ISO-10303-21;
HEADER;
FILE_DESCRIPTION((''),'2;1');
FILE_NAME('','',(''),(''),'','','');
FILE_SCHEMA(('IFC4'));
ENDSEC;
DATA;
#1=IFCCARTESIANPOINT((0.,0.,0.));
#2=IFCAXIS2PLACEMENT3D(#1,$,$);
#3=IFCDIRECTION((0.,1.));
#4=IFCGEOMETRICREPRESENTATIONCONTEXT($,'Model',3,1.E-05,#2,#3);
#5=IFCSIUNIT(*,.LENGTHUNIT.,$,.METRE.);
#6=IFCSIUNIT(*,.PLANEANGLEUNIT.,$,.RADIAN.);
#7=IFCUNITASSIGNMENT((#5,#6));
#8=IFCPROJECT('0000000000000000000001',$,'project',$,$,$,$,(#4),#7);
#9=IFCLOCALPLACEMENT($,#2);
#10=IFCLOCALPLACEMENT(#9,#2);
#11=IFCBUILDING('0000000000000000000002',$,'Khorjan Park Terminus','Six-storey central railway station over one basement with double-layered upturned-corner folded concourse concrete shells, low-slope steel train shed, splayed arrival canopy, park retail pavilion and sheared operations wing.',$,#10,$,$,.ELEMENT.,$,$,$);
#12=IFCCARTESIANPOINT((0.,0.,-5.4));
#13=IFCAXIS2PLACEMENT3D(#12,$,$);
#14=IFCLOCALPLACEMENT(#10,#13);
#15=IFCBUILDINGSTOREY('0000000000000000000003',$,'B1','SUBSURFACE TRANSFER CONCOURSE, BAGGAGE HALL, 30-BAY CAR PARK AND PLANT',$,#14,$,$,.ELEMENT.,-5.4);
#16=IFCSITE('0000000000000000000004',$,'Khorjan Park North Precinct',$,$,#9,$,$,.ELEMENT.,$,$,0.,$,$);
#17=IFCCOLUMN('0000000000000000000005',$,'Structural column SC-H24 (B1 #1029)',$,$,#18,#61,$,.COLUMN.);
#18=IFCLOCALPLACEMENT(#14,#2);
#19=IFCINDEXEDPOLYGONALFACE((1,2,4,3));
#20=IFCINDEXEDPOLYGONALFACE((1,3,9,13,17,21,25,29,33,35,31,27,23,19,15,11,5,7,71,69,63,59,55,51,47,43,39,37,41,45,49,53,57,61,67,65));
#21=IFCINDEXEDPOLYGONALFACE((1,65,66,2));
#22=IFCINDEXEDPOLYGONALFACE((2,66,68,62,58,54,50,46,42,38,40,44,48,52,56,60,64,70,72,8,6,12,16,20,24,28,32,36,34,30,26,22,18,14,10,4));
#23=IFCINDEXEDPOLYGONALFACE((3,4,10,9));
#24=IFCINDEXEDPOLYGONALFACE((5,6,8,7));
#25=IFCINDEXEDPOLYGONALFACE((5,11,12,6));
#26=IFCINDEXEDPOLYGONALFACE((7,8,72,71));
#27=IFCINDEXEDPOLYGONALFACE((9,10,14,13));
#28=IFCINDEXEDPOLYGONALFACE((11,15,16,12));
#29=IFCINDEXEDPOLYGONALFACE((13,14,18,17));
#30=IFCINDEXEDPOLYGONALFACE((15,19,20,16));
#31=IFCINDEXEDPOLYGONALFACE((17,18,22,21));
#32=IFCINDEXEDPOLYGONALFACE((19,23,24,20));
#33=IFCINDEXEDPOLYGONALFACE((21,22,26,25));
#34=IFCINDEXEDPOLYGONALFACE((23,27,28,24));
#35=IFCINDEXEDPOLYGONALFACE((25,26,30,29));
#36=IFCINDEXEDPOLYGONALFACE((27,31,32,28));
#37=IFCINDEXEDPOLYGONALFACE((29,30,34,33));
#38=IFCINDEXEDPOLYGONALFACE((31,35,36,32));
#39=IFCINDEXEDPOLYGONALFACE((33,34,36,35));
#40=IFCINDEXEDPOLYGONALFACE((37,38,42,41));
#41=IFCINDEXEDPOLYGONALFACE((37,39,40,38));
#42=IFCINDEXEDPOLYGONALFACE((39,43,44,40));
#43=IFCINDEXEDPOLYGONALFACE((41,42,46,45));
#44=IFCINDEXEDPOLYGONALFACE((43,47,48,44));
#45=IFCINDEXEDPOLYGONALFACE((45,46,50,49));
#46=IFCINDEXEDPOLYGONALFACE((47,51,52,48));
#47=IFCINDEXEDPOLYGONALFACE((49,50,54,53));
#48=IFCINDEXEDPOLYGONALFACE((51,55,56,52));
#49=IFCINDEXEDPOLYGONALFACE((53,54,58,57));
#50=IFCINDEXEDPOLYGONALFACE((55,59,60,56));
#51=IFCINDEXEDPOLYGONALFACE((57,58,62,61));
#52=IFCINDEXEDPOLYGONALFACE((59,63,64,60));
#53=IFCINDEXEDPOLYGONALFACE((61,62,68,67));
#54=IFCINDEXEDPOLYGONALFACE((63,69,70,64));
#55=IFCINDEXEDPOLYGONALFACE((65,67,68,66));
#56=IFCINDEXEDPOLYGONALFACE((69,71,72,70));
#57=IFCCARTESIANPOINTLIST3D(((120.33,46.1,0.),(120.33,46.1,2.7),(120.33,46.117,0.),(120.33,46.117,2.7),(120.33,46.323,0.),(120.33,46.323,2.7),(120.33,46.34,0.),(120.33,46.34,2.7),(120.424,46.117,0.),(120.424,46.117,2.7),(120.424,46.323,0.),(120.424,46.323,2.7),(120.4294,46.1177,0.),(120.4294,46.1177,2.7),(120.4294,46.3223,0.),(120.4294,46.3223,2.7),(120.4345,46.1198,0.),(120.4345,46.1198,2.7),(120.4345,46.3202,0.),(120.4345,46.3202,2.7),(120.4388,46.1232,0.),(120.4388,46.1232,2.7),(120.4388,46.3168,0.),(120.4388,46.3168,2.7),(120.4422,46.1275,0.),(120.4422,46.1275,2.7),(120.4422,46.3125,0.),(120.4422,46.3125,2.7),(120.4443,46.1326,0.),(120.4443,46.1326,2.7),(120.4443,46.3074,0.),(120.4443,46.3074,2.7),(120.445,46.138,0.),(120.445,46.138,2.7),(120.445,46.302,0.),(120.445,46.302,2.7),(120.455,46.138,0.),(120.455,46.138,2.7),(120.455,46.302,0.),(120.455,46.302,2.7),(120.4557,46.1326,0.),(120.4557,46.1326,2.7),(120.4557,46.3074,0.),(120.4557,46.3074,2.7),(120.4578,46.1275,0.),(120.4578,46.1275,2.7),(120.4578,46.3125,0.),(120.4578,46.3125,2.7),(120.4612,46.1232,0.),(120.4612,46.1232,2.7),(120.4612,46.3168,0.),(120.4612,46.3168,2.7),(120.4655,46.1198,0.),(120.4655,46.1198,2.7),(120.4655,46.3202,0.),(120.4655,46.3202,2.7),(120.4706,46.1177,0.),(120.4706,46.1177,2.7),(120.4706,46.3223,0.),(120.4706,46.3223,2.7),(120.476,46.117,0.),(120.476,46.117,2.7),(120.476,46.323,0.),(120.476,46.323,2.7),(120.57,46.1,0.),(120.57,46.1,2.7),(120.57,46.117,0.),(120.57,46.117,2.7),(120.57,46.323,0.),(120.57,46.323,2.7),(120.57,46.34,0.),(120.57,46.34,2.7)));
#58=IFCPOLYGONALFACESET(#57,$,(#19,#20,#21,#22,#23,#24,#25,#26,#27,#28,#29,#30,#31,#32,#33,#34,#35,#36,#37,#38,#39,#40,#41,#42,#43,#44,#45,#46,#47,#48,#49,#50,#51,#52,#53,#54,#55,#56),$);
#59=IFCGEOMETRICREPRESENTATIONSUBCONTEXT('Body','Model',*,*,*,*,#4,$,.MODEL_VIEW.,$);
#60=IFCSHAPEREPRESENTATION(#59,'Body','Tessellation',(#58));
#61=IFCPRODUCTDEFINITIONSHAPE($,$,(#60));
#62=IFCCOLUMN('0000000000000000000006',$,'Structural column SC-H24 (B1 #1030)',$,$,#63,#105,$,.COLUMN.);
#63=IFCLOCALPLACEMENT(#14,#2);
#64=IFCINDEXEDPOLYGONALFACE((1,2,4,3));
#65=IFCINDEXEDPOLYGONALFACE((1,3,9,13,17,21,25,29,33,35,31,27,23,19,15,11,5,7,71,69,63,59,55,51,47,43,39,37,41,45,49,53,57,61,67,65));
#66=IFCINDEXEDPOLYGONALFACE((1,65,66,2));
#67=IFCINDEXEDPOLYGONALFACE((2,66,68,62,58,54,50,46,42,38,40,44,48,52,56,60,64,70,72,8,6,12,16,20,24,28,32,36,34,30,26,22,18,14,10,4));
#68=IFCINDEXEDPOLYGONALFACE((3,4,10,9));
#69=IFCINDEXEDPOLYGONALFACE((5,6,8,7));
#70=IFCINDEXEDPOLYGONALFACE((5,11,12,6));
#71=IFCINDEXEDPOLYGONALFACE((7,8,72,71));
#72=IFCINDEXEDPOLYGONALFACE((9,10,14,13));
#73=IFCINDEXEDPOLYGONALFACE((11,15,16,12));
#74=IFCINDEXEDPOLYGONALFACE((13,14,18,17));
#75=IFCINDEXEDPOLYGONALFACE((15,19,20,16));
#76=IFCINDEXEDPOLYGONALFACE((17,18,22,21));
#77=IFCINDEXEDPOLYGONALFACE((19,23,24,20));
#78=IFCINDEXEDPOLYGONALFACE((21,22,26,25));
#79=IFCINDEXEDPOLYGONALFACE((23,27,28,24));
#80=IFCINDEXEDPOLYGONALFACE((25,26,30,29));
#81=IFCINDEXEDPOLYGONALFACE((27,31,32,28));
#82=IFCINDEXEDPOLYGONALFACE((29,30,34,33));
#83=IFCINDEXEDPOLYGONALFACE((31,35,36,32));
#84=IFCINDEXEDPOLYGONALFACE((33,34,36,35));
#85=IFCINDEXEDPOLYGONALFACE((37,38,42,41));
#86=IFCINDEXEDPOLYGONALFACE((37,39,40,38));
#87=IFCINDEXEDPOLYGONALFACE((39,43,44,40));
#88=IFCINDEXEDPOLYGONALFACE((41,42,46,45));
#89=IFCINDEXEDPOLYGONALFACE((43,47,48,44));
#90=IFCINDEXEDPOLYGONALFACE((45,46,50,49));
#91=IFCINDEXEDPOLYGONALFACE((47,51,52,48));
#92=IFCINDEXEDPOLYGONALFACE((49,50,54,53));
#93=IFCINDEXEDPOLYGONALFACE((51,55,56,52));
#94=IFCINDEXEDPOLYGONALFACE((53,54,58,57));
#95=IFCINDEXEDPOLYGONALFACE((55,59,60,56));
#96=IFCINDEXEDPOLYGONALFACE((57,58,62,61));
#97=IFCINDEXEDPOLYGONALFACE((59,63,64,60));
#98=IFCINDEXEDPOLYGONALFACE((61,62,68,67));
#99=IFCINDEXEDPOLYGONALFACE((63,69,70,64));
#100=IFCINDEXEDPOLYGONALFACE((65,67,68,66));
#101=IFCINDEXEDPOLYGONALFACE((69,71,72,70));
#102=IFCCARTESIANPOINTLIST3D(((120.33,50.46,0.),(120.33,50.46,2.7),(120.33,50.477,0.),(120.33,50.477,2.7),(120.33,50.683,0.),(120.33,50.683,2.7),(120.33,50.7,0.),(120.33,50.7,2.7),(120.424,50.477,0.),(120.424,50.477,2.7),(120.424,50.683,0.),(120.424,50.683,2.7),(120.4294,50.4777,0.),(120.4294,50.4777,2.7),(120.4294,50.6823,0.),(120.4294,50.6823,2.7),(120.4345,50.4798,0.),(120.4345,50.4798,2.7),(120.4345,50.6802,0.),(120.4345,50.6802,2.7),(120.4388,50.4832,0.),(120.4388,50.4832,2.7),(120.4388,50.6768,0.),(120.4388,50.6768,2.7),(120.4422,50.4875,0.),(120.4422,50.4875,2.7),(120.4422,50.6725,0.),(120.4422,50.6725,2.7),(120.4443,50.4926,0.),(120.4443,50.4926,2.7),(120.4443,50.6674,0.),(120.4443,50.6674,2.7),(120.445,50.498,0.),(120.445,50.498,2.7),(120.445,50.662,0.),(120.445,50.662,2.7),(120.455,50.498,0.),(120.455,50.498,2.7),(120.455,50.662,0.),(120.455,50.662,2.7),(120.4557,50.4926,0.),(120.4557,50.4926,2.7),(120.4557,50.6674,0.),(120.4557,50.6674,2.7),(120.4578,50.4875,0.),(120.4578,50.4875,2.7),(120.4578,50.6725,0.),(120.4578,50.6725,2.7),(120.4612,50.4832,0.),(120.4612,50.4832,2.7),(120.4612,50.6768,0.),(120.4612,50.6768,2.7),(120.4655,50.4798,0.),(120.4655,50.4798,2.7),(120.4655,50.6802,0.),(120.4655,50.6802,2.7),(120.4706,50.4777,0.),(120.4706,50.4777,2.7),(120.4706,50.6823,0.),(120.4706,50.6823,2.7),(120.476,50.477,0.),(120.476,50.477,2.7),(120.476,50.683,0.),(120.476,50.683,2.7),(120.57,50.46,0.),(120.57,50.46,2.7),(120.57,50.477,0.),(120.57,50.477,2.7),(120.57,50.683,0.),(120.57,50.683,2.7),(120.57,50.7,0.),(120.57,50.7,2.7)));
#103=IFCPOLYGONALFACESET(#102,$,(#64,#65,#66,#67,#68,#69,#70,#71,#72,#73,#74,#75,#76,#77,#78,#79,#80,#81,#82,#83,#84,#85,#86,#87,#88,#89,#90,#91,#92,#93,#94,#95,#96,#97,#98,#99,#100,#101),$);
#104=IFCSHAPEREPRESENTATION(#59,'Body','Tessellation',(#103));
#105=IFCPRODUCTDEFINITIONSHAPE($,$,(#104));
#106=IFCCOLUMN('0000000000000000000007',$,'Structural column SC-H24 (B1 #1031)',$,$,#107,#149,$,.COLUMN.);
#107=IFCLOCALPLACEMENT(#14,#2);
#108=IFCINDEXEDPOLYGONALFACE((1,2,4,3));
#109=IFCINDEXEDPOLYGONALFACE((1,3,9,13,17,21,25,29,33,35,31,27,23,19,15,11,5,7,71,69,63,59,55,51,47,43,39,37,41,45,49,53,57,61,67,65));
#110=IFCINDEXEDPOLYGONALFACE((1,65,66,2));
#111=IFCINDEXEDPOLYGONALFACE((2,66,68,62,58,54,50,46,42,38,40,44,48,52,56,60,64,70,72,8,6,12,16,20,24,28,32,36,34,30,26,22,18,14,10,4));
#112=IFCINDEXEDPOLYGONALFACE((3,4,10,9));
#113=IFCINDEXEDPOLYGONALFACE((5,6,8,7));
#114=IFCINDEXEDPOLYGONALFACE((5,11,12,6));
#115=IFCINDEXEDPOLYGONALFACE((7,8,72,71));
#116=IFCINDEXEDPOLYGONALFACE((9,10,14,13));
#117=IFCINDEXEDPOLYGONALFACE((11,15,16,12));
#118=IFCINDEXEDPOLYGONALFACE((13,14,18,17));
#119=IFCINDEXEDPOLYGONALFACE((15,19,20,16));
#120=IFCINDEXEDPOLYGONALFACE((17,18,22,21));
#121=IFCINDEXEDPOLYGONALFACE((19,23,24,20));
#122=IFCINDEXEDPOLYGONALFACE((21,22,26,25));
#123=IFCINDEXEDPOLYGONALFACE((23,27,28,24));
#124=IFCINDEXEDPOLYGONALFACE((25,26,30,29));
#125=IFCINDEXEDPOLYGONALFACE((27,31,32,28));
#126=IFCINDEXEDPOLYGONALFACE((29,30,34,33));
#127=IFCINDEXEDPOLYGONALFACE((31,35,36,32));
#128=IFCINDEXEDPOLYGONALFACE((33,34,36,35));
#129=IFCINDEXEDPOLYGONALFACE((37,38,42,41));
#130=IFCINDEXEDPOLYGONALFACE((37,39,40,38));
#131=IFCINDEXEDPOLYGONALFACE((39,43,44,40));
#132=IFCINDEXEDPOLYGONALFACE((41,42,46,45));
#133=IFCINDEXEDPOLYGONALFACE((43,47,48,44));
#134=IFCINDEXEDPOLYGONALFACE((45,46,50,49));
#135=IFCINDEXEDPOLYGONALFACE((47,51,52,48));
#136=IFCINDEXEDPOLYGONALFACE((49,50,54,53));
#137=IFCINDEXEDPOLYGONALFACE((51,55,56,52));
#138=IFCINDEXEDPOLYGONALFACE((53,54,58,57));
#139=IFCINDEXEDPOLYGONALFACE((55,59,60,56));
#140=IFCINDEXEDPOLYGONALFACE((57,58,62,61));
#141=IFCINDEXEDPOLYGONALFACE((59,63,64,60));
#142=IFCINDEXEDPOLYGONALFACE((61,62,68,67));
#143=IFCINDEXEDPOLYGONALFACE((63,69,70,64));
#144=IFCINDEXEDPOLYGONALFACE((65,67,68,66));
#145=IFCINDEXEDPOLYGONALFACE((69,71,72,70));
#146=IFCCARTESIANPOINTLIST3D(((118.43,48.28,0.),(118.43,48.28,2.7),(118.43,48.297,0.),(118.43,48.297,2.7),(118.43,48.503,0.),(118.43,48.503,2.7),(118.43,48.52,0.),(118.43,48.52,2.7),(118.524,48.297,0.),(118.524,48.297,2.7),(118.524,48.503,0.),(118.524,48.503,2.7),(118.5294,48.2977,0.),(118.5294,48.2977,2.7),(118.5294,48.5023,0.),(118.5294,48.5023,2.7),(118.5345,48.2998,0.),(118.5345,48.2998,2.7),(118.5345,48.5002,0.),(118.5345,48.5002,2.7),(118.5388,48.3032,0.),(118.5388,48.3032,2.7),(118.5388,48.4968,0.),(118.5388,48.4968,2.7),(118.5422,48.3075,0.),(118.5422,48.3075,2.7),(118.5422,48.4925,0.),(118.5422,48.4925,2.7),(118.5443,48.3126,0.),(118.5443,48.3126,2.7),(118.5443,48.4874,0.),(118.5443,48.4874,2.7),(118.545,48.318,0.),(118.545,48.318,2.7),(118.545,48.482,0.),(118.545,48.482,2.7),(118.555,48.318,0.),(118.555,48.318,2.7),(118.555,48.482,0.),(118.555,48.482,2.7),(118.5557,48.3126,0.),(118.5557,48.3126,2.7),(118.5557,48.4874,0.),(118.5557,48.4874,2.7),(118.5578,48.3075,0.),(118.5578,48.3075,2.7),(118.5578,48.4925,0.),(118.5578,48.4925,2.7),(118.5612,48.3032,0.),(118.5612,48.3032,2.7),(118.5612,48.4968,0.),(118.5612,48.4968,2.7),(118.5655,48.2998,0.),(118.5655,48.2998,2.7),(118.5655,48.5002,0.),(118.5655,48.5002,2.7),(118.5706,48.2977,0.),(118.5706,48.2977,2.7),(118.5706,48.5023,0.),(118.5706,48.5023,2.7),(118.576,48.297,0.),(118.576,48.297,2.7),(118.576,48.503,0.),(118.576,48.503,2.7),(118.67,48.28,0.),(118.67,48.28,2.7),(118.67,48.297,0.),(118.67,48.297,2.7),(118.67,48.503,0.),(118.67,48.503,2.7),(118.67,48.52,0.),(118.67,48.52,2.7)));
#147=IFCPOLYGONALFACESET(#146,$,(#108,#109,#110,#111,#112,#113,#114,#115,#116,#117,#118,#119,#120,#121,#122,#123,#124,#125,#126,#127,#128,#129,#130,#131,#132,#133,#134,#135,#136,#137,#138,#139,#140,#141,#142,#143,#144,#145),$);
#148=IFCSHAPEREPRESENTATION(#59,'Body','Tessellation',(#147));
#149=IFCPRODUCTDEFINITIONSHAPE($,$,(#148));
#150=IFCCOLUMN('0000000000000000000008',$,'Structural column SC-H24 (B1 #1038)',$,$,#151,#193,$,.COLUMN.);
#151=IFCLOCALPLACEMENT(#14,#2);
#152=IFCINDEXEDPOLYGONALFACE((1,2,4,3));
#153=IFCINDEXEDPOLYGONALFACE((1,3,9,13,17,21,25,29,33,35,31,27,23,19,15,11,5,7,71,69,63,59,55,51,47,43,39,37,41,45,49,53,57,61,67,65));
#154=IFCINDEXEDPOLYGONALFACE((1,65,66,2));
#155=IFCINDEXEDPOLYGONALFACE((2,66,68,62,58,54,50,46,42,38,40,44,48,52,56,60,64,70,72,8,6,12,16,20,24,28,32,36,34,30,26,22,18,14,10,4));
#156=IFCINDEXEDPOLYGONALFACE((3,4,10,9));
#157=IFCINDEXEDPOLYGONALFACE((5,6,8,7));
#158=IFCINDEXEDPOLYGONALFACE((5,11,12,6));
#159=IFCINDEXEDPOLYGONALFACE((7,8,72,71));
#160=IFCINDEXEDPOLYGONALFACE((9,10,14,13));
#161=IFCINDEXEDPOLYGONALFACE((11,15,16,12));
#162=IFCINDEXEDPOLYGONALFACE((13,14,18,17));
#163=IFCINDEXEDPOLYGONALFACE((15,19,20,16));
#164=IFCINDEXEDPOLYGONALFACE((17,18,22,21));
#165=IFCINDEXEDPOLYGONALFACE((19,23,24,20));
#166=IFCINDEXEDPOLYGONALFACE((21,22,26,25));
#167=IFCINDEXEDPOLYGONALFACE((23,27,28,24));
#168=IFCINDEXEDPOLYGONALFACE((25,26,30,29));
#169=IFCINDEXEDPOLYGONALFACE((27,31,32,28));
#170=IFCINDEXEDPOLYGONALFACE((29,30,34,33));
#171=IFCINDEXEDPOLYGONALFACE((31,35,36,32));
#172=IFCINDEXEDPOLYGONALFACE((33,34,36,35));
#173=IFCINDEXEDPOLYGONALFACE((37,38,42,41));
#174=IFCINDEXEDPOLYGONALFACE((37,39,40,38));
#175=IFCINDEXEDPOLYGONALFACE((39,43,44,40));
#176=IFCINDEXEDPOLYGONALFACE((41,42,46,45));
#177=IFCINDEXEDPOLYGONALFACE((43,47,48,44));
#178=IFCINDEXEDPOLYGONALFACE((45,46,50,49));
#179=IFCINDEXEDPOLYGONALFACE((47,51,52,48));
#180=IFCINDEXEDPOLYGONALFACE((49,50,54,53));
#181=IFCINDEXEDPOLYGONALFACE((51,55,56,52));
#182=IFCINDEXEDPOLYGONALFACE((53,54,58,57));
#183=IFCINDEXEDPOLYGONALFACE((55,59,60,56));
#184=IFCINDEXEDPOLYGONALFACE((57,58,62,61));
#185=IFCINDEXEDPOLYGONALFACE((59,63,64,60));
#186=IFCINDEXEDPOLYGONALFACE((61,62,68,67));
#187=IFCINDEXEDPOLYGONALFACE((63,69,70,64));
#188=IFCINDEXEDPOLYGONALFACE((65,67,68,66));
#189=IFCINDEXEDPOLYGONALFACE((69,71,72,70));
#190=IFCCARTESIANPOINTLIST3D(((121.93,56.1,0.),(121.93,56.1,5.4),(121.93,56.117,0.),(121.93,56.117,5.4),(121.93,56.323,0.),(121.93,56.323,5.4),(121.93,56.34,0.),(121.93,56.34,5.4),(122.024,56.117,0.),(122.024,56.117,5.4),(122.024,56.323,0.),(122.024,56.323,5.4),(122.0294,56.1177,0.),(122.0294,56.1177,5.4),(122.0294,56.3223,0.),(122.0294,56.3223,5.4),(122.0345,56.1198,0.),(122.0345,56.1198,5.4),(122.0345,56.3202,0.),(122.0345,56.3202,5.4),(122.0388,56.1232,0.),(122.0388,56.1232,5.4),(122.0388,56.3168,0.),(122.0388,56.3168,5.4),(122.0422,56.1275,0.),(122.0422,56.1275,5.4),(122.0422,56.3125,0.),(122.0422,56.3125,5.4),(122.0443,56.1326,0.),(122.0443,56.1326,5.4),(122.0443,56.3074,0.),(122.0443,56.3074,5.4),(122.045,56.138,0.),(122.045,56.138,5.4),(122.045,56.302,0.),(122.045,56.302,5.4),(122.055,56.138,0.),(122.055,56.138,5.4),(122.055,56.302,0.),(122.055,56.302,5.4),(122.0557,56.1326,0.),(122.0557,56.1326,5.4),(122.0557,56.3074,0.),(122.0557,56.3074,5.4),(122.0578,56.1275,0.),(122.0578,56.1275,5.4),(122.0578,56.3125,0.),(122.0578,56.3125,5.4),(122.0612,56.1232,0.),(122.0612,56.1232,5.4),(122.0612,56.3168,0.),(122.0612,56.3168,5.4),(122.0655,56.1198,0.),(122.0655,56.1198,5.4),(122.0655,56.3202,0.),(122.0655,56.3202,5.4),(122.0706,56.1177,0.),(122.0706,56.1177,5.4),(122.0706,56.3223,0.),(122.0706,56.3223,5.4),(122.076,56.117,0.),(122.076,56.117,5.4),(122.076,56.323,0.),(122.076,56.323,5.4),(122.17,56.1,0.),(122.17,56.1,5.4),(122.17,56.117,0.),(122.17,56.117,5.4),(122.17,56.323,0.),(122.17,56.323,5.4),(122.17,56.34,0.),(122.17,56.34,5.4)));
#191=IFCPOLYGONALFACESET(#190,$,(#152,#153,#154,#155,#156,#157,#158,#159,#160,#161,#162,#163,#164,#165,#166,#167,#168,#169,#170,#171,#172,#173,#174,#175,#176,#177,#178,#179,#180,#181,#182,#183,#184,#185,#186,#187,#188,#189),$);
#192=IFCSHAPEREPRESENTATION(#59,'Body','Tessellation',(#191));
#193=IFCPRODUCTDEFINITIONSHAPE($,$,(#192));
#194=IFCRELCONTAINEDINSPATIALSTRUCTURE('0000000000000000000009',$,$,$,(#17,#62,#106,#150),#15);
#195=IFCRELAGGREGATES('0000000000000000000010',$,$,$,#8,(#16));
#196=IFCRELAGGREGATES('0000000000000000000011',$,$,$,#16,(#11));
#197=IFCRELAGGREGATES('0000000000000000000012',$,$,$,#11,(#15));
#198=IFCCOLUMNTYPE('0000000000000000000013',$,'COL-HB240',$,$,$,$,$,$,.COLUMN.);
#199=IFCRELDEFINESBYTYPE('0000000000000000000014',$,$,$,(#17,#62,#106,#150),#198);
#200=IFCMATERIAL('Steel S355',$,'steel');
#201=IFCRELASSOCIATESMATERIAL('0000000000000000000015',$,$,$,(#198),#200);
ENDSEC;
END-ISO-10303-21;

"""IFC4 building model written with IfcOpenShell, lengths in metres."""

from ifc_helpers import new_model, si_unit, direction, frame, origin, origin_2d, place, context, subcontext, project, spatial, i_section, extrude, material, material_profile, profile_set, type_object, element, save


model = new_model("IFC4")

# Units and contexts
model_context = context("Model", 3, precision=1e-05, world=origin(), true_north=direction((0.0, 1.0)))
body_context = subcontext(model_context, "Body", "Model", "MODEL_VIEW")
ifc_project = project(units=[si_unit("LENGTHUNIT", "METRE"), si_unit("PLANEANGLEUNIT", "RADIAN")], contexts=[model_context])

# Site, building, storey
site_placement = place(None, origin())
site = spatial("IfcSite", under=ifc_project, at=site_placement, Name="Khorjan Park North Precinct", CompositionType="ELEMENT", RefElevation=0.0)
building_placement = place(site_placement, origin())
building = spatial("IfcBuilding", under=site, at=building_placement, Name="Khorjan Park Terminus", Description="Six-storey central railway station over one basement with double-layered upturned-corner folded concourse concrete shells, low-slope steel train shed, splayed arrival canopy, park retail pavilion and sheared operations wing.", CompositionType="ELEMENT")
storey_placement = place(building_placement, frame((0.0, 0.0, -5.4)))
storey = spatial("IfcBuildingStorey", under=building, at=storey_placement, Name="B1", Description="SUBSURFACE TRANSFER CONCOURSE, BAGGAGE HALL, 30-BAY CAR PARK AND PLANT", CompositionType="ELEMENT", Elevation=-5.4)

# Columns
ifc_material_1 = material(Name="Steel S355", Category="steel")
ifc_material_profile_1 = material_profile(ifc_material_1, i_section(OverallWidth=0.24, OverallDepth=0.24, WebThickness=0.01, FlangeThickness=0.017, FilletRadius=0.021, at=origin_2d()), Name="HEB 240")
ifc_profile_set_1 = profile_set([ifc_material_profile_1], Name="Steel S355")
column_type_1 = type_object("IfcColumnType", Name="COL-HB240", PredefinedType="COLUMN", material=ifc_profile_set_1)
for number, where, z_axis, x_axis, name in (
    (1, (120.45, 46.22, 0.0), (0.0, 0.0, 1.0), (1.0, 0.0, 0.0), "Structural column SC-H24 (B1 #1029)"),
    (2, (120.45, 50.58, 0.0), (0.0, 0.0, 1.0), (1.0, 0.0, 0.0), "Structural column SC-H24 (B1 #1030)"),
    (3, (118.55, 48.4, 0.0), (0.0, 0.0, 1.0), (1.0, 0.0, 0.0), "Structural column SC-H24 (B1 #1031)"),
):
    element("IfcColumn", number, at=place(storey_placement, frame(where, z_axis=z_axis, x_axis=x_axis)), inside=storey, type_object=column_type_1, Name=name, PredefinedType="COLUMN", context=body_context, shape_type="SweptSolid", body=[
        extrude(i_section(OverallWidth=0.24, OverallDepth=0.24, WebThickness=0.01, FlangeThickness=0.017, FilletRadius=0.021, at=origin_2d()), origin(), (0.0, 0.0, 1.0), 2.7),
    ])
for number, where, z_axis, x_axis, name in (
    (4, (122.05, 56.22, 0.0), (0.0, 0.0, 1.0), (1.0, 0.0, 0.0), "Structural column SC-H24 (B1 #1038)"),
):
    element("IfcColumn", number, at=place(storey_placement, frame(where, z_axis=z_axis, x_axis=x_axis)), inside=storey, type_object=column_type_1, Name=name, PredefinedType="COLUMN", context=body_context, shape_type="SweptSolid", body=[
        extrude(i_section(OverallWidth=0.24, OverallDepth=0.24, WebThickness=0.01, FlangeThickness=0.017, FilletRadius=0.021, at=origin_2d()), origin(), (0.0, 0.0, 1.0), 5.4),
    ])

save(model, "model.ifc")
